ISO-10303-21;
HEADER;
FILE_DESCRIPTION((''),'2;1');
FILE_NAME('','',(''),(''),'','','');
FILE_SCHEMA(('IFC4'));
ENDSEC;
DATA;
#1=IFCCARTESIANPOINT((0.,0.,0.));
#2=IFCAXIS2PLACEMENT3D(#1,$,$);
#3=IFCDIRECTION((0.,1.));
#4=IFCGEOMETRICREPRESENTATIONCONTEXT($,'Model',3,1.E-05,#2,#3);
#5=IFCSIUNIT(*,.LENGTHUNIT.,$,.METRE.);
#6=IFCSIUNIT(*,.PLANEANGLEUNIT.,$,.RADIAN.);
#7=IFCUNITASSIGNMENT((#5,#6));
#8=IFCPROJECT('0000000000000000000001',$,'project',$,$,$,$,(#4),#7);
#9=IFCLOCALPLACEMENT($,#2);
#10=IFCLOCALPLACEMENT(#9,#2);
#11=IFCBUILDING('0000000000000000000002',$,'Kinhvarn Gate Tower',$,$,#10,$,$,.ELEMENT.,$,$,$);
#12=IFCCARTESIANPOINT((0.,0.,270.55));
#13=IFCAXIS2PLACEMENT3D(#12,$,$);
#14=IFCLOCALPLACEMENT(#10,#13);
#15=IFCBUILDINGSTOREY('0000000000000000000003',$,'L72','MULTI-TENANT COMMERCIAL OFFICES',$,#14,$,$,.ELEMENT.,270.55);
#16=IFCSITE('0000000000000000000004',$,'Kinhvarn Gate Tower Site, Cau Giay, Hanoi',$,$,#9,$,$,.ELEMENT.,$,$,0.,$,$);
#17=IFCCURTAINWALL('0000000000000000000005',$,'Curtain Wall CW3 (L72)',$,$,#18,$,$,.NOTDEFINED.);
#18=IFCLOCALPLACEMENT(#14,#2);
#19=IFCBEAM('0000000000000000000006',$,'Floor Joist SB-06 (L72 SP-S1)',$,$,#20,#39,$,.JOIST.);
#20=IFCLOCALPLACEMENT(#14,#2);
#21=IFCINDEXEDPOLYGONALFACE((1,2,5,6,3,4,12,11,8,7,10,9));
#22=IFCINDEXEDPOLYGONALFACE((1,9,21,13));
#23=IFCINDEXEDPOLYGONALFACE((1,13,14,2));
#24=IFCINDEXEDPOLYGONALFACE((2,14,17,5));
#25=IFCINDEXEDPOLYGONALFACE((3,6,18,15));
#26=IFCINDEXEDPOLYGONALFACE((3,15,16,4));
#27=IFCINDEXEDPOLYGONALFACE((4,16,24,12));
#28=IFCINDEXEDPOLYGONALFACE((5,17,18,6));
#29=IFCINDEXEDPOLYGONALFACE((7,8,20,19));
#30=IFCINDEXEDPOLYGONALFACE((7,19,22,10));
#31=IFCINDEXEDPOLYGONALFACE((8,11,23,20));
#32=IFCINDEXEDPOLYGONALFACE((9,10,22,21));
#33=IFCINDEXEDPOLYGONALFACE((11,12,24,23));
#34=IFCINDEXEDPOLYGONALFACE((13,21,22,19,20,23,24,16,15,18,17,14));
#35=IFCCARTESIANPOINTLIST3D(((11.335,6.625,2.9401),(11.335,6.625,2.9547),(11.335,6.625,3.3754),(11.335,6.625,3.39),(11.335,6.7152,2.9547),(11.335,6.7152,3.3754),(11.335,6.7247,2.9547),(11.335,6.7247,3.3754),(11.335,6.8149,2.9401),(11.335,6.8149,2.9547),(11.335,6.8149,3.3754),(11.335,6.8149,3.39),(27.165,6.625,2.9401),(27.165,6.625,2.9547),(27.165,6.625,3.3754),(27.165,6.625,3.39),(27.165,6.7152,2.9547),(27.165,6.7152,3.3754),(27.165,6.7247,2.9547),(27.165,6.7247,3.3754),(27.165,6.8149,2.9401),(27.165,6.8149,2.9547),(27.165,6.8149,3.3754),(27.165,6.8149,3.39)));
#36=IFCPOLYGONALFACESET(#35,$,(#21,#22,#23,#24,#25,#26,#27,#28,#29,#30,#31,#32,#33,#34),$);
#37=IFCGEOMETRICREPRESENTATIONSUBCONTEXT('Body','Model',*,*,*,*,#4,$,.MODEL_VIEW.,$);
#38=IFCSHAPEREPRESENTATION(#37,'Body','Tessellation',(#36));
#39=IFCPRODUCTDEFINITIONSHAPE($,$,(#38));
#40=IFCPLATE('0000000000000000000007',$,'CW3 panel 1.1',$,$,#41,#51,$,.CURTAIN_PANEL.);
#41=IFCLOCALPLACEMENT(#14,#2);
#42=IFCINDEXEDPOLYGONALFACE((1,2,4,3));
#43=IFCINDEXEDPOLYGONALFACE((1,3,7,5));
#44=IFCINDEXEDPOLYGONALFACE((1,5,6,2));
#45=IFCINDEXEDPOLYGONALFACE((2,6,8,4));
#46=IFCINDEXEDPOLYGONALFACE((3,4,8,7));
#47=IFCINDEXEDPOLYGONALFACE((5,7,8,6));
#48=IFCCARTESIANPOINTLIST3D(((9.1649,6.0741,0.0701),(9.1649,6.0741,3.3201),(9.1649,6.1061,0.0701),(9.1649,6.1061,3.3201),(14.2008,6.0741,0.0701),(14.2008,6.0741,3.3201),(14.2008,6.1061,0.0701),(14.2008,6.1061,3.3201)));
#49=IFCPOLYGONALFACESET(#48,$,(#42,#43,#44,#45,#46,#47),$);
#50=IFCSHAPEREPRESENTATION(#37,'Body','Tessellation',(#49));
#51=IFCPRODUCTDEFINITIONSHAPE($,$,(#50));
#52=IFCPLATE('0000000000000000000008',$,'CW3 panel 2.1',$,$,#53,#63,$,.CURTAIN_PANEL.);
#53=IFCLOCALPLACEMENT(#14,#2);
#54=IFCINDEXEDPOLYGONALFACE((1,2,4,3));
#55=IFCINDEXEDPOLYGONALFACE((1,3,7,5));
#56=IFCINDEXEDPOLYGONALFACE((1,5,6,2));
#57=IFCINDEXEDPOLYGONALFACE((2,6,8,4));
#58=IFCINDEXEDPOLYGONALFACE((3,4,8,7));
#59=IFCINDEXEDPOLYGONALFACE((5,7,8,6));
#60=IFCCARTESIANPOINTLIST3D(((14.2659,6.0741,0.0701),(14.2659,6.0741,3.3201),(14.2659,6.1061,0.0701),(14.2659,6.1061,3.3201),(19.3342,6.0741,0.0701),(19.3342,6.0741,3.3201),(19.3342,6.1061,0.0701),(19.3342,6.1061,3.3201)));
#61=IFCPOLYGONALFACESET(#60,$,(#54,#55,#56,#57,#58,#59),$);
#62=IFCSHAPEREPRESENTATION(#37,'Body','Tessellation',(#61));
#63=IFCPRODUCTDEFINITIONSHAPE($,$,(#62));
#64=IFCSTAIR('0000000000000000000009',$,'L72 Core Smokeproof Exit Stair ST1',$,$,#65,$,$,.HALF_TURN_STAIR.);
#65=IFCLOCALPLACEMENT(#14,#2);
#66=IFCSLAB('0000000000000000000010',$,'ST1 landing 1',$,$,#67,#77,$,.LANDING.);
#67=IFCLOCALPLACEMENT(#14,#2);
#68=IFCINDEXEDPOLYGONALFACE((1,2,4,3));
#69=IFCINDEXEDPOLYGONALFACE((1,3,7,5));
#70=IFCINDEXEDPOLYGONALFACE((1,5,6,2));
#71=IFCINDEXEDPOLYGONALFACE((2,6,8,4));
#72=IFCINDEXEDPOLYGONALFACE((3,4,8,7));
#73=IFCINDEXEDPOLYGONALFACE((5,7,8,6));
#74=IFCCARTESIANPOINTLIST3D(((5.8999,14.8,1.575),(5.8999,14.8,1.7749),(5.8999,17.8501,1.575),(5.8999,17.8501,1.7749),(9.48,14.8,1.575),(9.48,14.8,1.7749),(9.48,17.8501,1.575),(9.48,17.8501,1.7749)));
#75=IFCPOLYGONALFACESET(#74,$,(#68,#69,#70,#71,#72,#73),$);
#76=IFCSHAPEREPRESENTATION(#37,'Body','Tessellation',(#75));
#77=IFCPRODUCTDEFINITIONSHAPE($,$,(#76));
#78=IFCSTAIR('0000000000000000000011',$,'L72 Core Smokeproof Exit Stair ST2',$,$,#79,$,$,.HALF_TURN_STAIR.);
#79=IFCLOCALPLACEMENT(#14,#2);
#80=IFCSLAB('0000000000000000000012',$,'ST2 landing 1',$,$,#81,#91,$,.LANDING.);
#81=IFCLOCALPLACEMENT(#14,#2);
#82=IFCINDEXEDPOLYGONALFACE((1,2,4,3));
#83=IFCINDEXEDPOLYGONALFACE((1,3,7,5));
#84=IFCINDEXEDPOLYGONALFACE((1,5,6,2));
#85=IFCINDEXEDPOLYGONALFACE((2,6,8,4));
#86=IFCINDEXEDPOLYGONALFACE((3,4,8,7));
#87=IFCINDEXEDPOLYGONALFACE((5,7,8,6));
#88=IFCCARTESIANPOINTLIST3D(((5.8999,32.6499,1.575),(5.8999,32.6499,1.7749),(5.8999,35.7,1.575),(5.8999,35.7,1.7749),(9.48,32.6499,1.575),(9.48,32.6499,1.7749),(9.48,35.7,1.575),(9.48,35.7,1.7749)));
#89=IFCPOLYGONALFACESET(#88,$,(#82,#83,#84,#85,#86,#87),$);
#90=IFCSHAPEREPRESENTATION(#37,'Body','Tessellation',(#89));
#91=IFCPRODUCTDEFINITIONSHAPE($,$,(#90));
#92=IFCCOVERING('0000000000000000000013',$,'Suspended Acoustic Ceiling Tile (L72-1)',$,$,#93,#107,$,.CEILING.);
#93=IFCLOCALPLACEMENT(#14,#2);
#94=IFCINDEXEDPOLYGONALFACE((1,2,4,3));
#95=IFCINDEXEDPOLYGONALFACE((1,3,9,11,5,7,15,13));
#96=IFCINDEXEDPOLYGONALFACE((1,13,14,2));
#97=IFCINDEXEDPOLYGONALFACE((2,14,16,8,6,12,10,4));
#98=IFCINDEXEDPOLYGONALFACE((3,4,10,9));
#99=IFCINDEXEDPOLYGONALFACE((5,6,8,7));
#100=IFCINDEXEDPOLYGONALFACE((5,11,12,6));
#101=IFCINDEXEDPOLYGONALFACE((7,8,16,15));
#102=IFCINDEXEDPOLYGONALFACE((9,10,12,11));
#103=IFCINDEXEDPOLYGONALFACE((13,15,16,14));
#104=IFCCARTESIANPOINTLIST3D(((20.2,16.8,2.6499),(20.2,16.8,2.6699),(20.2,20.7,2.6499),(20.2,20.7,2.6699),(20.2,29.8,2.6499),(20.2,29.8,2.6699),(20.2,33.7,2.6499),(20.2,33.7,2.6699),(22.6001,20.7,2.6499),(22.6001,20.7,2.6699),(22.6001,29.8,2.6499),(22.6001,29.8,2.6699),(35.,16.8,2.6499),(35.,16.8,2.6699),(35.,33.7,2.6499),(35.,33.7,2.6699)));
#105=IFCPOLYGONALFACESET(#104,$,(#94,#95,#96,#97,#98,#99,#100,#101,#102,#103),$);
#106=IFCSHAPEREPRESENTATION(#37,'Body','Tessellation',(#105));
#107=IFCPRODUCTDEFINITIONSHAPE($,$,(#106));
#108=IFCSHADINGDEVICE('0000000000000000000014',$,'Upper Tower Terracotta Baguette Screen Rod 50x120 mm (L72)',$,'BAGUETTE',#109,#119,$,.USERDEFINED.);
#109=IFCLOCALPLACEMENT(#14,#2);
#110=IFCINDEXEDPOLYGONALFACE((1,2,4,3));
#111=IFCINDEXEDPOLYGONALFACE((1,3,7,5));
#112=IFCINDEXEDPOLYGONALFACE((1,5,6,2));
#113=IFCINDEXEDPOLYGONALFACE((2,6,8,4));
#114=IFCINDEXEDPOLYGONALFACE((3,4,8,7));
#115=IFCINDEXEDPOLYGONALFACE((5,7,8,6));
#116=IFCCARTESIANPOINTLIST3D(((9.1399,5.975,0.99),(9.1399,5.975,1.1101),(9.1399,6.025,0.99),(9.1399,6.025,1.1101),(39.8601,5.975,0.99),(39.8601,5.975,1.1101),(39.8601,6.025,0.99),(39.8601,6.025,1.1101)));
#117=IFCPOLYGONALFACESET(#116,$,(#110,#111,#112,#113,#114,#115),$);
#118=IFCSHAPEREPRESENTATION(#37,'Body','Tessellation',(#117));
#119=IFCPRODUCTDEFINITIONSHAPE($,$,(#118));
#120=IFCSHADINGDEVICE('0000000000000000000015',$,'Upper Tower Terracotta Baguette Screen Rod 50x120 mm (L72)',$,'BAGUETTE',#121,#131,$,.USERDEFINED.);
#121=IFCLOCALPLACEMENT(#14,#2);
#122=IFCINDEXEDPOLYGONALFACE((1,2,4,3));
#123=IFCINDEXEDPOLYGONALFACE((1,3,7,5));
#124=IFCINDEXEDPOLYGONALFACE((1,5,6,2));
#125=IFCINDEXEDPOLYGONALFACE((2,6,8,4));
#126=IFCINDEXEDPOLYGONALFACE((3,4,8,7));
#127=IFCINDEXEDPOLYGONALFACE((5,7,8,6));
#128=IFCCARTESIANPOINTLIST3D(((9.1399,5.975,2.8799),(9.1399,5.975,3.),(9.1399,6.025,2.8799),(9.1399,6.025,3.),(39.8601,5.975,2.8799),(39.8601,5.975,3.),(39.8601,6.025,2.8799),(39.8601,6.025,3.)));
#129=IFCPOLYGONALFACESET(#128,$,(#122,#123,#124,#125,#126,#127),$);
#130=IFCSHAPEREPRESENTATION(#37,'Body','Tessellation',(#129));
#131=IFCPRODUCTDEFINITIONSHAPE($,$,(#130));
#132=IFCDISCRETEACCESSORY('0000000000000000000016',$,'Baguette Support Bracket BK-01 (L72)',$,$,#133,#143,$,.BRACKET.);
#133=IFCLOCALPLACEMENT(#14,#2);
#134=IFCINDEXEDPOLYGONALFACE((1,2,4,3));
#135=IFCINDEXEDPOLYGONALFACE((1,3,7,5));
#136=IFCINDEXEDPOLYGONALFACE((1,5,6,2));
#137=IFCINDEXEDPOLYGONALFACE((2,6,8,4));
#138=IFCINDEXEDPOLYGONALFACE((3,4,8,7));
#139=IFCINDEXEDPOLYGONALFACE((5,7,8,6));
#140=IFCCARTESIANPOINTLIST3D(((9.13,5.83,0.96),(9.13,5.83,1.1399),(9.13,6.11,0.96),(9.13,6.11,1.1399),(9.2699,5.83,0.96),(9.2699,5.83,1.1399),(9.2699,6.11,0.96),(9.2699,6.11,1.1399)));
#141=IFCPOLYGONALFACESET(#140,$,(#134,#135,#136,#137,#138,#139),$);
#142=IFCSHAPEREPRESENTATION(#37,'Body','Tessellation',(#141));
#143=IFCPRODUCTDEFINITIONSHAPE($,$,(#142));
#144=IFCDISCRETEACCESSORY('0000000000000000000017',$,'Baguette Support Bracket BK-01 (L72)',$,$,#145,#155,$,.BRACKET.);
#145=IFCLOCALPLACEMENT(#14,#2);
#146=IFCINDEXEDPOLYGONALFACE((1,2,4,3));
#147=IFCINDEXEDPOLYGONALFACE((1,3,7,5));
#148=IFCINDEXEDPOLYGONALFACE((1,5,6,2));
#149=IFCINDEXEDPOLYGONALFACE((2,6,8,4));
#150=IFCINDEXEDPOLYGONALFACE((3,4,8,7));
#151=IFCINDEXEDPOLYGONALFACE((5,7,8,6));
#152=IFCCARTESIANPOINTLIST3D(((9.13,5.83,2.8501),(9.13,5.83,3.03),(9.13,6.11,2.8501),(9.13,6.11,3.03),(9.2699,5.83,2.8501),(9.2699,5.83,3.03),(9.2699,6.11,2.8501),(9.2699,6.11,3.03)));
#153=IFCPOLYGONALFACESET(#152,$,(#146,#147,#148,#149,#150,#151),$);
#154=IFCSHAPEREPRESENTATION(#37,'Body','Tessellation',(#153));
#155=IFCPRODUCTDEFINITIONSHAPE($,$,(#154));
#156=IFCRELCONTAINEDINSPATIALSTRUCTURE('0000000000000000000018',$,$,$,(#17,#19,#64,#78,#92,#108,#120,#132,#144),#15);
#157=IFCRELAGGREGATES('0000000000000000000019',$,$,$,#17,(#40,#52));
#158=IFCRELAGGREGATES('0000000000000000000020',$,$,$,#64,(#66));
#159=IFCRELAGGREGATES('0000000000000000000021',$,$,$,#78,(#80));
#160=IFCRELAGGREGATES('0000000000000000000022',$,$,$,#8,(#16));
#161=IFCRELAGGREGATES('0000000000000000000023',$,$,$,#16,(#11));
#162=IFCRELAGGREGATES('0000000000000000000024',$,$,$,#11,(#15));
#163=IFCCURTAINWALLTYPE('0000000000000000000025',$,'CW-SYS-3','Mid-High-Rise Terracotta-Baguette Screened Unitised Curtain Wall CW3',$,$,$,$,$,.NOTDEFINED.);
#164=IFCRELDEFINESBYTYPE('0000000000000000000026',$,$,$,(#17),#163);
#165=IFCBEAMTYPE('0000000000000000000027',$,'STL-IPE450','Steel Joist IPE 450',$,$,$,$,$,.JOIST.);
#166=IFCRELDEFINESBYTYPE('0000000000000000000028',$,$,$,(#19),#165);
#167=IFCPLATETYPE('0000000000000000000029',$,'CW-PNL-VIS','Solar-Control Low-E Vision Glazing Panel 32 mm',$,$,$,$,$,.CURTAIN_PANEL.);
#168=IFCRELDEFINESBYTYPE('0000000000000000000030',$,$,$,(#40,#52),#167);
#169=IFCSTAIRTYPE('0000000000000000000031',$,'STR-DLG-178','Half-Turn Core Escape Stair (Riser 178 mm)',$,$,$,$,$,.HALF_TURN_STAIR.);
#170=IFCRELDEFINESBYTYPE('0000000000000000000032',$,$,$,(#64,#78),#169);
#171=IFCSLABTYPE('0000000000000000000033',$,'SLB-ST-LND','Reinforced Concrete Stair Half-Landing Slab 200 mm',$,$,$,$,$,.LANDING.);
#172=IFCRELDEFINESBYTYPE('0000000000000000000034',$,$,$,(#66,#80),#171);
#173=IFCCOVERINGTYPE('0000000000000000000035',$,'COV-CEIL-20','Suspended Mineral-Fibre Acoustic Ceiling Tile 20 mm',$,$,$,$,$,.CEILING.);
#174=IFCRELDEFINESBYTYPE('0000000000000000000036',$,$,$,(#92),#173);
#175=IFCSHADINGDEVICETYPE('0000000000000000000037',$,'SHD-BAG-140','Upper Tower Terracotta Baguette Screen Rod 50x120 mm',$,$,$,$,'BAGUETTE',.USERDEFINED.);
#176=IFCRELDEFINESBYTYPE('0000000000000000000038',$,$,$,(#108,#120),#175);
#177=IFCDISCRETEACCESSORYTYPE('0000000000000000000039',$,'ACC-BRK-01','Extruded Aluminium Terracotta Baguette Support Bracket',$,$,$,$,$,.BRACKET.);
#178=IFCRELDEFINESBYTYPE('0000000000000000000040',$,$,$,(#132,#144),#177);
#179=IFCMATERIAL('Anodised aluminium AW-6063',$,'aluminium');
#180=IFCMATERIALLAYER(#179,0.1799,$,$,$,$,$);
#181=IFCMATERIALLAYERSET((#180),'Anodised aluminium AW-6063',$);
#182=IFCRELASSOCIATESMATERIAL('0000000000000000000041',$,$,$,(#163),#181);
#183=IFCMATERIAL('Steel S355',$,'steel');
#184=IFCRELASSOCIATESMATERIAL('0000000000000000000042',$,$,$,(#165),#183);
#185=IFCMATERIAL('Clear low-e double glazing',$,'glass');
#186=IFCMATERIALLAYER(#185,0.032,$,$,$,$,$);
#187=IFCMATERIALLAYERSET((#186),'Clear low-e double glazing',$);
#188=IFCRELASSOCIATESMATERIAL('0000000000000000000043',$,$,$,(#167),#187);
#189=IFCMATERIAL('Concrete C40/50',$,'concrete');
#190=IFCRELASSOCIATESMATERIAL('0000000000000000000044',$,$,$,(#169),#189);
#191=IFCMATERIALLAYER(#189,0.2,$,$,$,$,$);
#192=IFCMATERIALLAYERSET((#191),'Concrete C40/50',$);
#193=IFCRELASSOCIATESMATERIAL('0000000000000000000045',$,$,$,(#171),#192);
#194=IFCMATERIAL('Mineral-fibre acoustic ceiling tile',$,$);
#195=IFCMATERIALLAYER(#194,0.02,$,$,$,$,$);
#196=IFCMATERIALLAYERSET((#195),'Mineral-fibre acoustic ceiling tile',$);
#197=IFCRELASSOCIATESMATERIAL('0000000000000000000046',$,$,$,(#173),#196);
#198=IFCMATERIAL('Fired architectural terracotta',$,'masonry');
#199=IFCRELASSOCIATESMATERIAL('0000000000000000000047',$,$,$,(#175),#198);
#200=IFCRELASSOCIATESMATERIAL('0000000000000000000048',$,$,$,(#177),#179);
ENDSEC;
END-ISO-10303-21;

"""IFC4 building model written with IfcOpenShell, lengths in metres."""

from ifc_helpers import new_model, si_unit, direction, frame, origin, origin_2d, place, context, subcontext, project, spatial, polyline, rectangle, i_section, outline, extrude, material, layer, layer_set, material_profile, profile_set, type_object, element, aggregate, save


model = new_model("IFC4")

# Units and contexts
model_context = context("Model", 3, precision=1e-05, world=origin(), true_north=direction((0.0, 1.0)))
body_context = subcontext(model_context, "Body", "Model", "MODEL_VIEW")
ifc_project = project(units=[si_unit("LENGTHUNIT", "METRE"), si_unit("PLANEANGLEUNIT", "RADIAN")], contexts=[model_context])

# Site, building, storey
site_placement = place(None, origin())
site = spatial("IfcSite", under=ifc_project, at=site_placement, Name="Kinhvarn Gate Tower Site, Cau Giay, Hanoi", CompositionType="ELEMENT", RefElevation=0.0)
building_placement = place(site_placement, origin())
building = spatial("IfcBuilding", under=site, at=building_placement, Name="Kinhvarn Gate Tower", CompositionType="ELEMENT")
storey_placement = place(building_placement, frame((0.0, 0.0, 270.55)))
storey = spatial("IfcBuildingStorey", under=building, at=storey_placement, Name="L72", Description="MULTI-TENANT COMMERCIAL OFFICES", CompositionType="ELEMENT", Elevation=270.55)

# Curtain wall
ifc_material_1 = material(Name="Anodised aluminium AW-6063", Category="aluminium")
ifc_layer_1 = layer(ifc_material_1, 0.1799)
ifc_layer_set_1 = layer_set([ifc_layer_1], Name="Anodised aluminium AW-6063")
curtain_wall_type = type_object("IfcCurtainWallType", Name="CW-SYS-3", Description="Mid-High-Rise Terracotta-Baguette Screened Unitised Curtain Wall CW3", PredefinedType="NOTDEFINED", material=ifc_layer_set_1)
curtain_wall_placement = place(storey_placement, origin())
curtain_wall = element("IfcCurtainWall", 1, at=curtain_wall_placement, inside=storey, type_object=curtain_wall_type, Name="Curtain Wall CW3 (L72)", PredefinedType="NOTDEFINED")

# Beam
ifc_material_2 = material(Name="Steel S355", Category="steel")
ifc_material_profile_1 = material_profile(ifc_material_2, i_section(OverallWidth=0.1899, OverallDepth=0.45, WebThickness=0.0095, FlangeThickness=0.0146, at=origin_2d()), Name="IPE 450")
ifc_profile_set_1 = profile_set([ifc_material_profile_1], Name="Steel S355")
beam_type_1 = type_object("IfcBeamType", Name="STL-IPE450", Description="Steel Joist IPE 450", PredefinedType="JOIST", material=ifc_profile_set_1)
beam_1_placement = place(storey_placement, frame((11.335, 6.72, 3.165), z_axis=(1.0, 0.0, 0.0), x_axis=(0.0, 1.0, 0.0)))
element("IfcBeam", 2, at=beam_1_placement, inside=storey, type_object=beam_type_1, Name="Floor Joist SB-06 (L72 SP-S1)", PredefinedType="JOIST", context=body_context, shape_type="SweptSolid", body=[
    extrude(i_section(OverallWidth=0.1899, OverallDepth=0.45, WebThickness=0.0095, FlangeThickness=0.0146, at=origin_2d()), origin(), (0.0, 0.0, 1.0), 15.8301),
])

# Plates
ifc_material_3 = material(Name="Clear low-e double glazing", Category="glass")
ifc_layer_2 = layer(ifc_material_3, 0.032)
ifc_layer_set_2 = layer_set([ifc_layer_2], Name="Clear low-e double glazing")
plate_type = type_object("IfcPlateType", Name="CW-PNL-VIS", Description="Solar-Control Low-E Vision Glazing Panel 32 mm", PredefinedType="CURTAIN_PANEL", material=ifc_layer_set_2)
plate_1_placement = place(storey_placement, frame((11.6829, 6.0901, 0.0701), z_axis=(0.0, 0.0, 1.0), x_axis=(1.0, 0.0, 0.0)))
plate_1 = element("IfcPlate", 3, at=plate_1_placement, type_object=plate_type, Name="CW3 panel 1.1", PredefinedType="CURTAIN_PANEL", context=body_context, shape_type="SweptSolid", body=[
    extrude(rectangle(XDim=5.0359, YDim=0.032, at=origin_2d()), origin(), (0.0, 0.0, 1.0), 3.25),
])
plate_2_placement = place(storey_placement, frame((16.8, 6.0901, 0.0701), z_axis=(0.0, 0.0, 1.0), x_axis=(1.0, 0.0, 0.0)))
plate_2 = element("IfcPlate", 4, at=plate_2_placement, type_object=plate_type, Name="CW3 panel 2.1", PredefinedType="CURTAIN_PANEL", context=body_context, shape_type="SweptSolid", body=[
    extrude(rectangle(XDim=5.0684, YDim=0.032, at=origin_2d()), origin(), (0.0, 0.0, 1.0), 3.25),
])
aggregate(curtain_wall, [plate_1, plate_2])

# Stairs, slabs
ifc_material_4 = material(Name="Concrete C40/50", Category="concrete")
stair_type = type_object("IfcStairType", Name="STR-DLG-178", Description="Half-Turn Core Escape Stair (Riser 178 mm)", PredefinedType="HALF_TURN_STAIR", material=ifc_material_4)
stair_1_placement = place(storey_placement, origin())
stair_1 = element("IfcStair", 5, at=stair_1_placement, inside=storey, type_object=stair_type, Name="L72 Core Smokeproof Exit Stair ST1", PredefinedType="HALF_TURN_STAIR")
ifc_layer_3 = layer(ifc_material_4, 0.2)
ifc_layer_set_3 = layer_set([ifc_layer_3], Name="Concrete C40/50")
slab_type = type_object("IfcSlabType", Name="SLB-ST-LND", Description="Reinforced Concrete Stair Half-Landing Slab 200 mm", PredefinedType="LANDING", material=ifc_layer_set_3)
slab_1_placement = place(storey_placement, frame((0.0, 0.0, 1.575)))
slab_1 = element("IfcSlab", 6, at=slab_1_placement, type_object=slab_type, Name="ST1 landing 1", PredefinedType="LANDING", context=body_context, shape_type="SweptSolid", body=[
    extrude(outline(polyline([(9.48, 17.8501), (5.8999, 17.8501), (5.8999, 14.8), (9.48, 14.8), (9.48, 17.8501)])), origin(), (0.0, 0.0, 1.0), 0.2),
])
aggregate(stair_1, [slab_1])
stair_2_placement = place(storey_placement, origin())
stair_2 = element("IfcStair", 7, at=stair_2_placement, inside=storey, type_object=stair_type, Name="L72 Core Smokeproof Exit Stair ST2", PredefinedType="HALF_TURN_STAIR")
slab_2_placement = place(storey_placement, frame((0.0, 0.0, 1.575)))
slab_2 = element("IfcSlab", 8, at=slab_2_placement, type_object=slab_type, Name="ST2 landing 1", PredefinedType="LANDING", context=body_context, shape_type="SweptSolid", body=[
    extrude(outline(polyline([(9.48, 35.7), (5.8999, 35.7), (5.8999, 32.6499), (9.48, 32.6499), (9.48, 35.7)])), origin(), (0.0, 0.0, 1.0), 0.2),
])
aggregate(stair_2, [slab_2])

# Covering
ifc_material_5 = material(Name="Mineral-fibre acoustic ceiling tile")
ifc_layer_4 = layer(ifc_material_5, 0.02)
ifc_layer_set_4 = layer_set([ifc_layer_4], Name="Mineral-fibre acoustic ceiling tile")
covering_type = type_object("IfcCoveringType", Name="COV-CEIL-20", Description="Suspended Mineral-Fibre Acoustic Ceiling Tile 20 mm", PredefinedType="CEILING", material=ifc_layer_set_4)
covering_placement = place(storey_placement, frame((0.0, 0.0, 2.6499)))
element("IfcCovering", 9, at=covering_placement, inside=storey, type_object=covering_type, Name="Suspended Acoustic Ceiling Tile (L72-1)", PredefinedType="CEILING", context=body_context, shape_type="SweptSolid", body=[
    extrude(outline(polyline([(35.0, 33.7), (35.0, 16.8), (20.2, 16.8), (20.2, 20.7), (22.6001, 20.7), (22.6001, 29.8), (20.2, 29.8), (20.2, 33.7), (35.0, 33.7)])), origin(), (0.0, 0.0, 1.0), 0.02),
])

# Shading devices
ifc_material_6 = material(Name="Fired architectural terracotta", Category="masonry")
ifc_material_profile_2 = material_profile(ifc_material_6, rectangle(XDim=0.05, YDim=0.1201, at=origin_2d()), Name="TC 50x120")
ifc_profile_set_2 = profile_set([ifc_material_profile_2], Name="Fired architectural terracotta")
shading_device_type = type_object("IfcShadingDeviceType", Name="SHD-BAG-140", Description="Upper Tower Terracotta Baguette Screen Rod 50x120 mm", ElementType="BAGUETTE", PredefinedType="USERDEFINED", material=ifc_profile_set_2)
for number, where, z_axis, x_axis, name in (
    (10, (9.1399, 6.0, 1.05), (1.0, 0.0, 0.0), (0.0, 1.0, 0.0), "Upper Tower Terracotta Baguette Screen Rod 50x120 mm (L72)"),
    (11, (9.1399, 6.0, 2.9399), (1.0, 0.0, 0.0), (0.0, 1.0, 0.0), "Upper Tower Terracotta Baguette Screen Rod 50x120 mm (L72)"),
):
    element("IfcShadingDevice", number, at=place(storey_placement, frame(where, z_axis=z_axis, x_axis=x_axis)), inside=storey, type_object=shading_device_type, Name=name, ObjectType="BAGUETTE", PredefinedType="USERDEFINED", context=body_context, shape_type="SweptSolid", body=[
        extrude(rectangle(XDim=0.05, YDim=0.1201, at=origin_2d()), origin(), (0.0, 0.0, 1.0), 30.7202),
    ])

# Discrete accessories
discrete_accessory_type = type_object("IfcDiscreteAccessoryType", Name="ACC-BRK-01", Description="Extruded Aluminium Terracotta Baguette Support Bracket", PredefinedType="BRACKET", material=ifc_material_1)
for number, where, z_axis, x_axis, name in (
    (12, (9.2, 5.97, 0.96), (0.0, 0.0, 1.0), (1.0, 0.0, 0.0), "Baguette Support Bracket BK-01 (L72)"),
    (13, (9.2, 5.97, 2.8501), (0.0, 0.0, 1.0), (1.0, 0.0, 0.0), "Baguette Support Bracket BK-01 (L72)"),
):
    element("IfcDiscreteAccessory", number, at=place(storey_placement, frame(where, z_axis=z_axis, x_axis=x_axis)), inside=storey, type_object=discrete_accessory_type, Name=name, PredefinedType="BRACKET", context=body_context, shape_type="SweptSolid", body=[
        extrude(rectangle(XDim=0.1399, YDim=0.28, at=origin_2d()), origin(), (0.0, 0.0, 1.0), 0.1799),
    ])

save(model, "model.ifc")
